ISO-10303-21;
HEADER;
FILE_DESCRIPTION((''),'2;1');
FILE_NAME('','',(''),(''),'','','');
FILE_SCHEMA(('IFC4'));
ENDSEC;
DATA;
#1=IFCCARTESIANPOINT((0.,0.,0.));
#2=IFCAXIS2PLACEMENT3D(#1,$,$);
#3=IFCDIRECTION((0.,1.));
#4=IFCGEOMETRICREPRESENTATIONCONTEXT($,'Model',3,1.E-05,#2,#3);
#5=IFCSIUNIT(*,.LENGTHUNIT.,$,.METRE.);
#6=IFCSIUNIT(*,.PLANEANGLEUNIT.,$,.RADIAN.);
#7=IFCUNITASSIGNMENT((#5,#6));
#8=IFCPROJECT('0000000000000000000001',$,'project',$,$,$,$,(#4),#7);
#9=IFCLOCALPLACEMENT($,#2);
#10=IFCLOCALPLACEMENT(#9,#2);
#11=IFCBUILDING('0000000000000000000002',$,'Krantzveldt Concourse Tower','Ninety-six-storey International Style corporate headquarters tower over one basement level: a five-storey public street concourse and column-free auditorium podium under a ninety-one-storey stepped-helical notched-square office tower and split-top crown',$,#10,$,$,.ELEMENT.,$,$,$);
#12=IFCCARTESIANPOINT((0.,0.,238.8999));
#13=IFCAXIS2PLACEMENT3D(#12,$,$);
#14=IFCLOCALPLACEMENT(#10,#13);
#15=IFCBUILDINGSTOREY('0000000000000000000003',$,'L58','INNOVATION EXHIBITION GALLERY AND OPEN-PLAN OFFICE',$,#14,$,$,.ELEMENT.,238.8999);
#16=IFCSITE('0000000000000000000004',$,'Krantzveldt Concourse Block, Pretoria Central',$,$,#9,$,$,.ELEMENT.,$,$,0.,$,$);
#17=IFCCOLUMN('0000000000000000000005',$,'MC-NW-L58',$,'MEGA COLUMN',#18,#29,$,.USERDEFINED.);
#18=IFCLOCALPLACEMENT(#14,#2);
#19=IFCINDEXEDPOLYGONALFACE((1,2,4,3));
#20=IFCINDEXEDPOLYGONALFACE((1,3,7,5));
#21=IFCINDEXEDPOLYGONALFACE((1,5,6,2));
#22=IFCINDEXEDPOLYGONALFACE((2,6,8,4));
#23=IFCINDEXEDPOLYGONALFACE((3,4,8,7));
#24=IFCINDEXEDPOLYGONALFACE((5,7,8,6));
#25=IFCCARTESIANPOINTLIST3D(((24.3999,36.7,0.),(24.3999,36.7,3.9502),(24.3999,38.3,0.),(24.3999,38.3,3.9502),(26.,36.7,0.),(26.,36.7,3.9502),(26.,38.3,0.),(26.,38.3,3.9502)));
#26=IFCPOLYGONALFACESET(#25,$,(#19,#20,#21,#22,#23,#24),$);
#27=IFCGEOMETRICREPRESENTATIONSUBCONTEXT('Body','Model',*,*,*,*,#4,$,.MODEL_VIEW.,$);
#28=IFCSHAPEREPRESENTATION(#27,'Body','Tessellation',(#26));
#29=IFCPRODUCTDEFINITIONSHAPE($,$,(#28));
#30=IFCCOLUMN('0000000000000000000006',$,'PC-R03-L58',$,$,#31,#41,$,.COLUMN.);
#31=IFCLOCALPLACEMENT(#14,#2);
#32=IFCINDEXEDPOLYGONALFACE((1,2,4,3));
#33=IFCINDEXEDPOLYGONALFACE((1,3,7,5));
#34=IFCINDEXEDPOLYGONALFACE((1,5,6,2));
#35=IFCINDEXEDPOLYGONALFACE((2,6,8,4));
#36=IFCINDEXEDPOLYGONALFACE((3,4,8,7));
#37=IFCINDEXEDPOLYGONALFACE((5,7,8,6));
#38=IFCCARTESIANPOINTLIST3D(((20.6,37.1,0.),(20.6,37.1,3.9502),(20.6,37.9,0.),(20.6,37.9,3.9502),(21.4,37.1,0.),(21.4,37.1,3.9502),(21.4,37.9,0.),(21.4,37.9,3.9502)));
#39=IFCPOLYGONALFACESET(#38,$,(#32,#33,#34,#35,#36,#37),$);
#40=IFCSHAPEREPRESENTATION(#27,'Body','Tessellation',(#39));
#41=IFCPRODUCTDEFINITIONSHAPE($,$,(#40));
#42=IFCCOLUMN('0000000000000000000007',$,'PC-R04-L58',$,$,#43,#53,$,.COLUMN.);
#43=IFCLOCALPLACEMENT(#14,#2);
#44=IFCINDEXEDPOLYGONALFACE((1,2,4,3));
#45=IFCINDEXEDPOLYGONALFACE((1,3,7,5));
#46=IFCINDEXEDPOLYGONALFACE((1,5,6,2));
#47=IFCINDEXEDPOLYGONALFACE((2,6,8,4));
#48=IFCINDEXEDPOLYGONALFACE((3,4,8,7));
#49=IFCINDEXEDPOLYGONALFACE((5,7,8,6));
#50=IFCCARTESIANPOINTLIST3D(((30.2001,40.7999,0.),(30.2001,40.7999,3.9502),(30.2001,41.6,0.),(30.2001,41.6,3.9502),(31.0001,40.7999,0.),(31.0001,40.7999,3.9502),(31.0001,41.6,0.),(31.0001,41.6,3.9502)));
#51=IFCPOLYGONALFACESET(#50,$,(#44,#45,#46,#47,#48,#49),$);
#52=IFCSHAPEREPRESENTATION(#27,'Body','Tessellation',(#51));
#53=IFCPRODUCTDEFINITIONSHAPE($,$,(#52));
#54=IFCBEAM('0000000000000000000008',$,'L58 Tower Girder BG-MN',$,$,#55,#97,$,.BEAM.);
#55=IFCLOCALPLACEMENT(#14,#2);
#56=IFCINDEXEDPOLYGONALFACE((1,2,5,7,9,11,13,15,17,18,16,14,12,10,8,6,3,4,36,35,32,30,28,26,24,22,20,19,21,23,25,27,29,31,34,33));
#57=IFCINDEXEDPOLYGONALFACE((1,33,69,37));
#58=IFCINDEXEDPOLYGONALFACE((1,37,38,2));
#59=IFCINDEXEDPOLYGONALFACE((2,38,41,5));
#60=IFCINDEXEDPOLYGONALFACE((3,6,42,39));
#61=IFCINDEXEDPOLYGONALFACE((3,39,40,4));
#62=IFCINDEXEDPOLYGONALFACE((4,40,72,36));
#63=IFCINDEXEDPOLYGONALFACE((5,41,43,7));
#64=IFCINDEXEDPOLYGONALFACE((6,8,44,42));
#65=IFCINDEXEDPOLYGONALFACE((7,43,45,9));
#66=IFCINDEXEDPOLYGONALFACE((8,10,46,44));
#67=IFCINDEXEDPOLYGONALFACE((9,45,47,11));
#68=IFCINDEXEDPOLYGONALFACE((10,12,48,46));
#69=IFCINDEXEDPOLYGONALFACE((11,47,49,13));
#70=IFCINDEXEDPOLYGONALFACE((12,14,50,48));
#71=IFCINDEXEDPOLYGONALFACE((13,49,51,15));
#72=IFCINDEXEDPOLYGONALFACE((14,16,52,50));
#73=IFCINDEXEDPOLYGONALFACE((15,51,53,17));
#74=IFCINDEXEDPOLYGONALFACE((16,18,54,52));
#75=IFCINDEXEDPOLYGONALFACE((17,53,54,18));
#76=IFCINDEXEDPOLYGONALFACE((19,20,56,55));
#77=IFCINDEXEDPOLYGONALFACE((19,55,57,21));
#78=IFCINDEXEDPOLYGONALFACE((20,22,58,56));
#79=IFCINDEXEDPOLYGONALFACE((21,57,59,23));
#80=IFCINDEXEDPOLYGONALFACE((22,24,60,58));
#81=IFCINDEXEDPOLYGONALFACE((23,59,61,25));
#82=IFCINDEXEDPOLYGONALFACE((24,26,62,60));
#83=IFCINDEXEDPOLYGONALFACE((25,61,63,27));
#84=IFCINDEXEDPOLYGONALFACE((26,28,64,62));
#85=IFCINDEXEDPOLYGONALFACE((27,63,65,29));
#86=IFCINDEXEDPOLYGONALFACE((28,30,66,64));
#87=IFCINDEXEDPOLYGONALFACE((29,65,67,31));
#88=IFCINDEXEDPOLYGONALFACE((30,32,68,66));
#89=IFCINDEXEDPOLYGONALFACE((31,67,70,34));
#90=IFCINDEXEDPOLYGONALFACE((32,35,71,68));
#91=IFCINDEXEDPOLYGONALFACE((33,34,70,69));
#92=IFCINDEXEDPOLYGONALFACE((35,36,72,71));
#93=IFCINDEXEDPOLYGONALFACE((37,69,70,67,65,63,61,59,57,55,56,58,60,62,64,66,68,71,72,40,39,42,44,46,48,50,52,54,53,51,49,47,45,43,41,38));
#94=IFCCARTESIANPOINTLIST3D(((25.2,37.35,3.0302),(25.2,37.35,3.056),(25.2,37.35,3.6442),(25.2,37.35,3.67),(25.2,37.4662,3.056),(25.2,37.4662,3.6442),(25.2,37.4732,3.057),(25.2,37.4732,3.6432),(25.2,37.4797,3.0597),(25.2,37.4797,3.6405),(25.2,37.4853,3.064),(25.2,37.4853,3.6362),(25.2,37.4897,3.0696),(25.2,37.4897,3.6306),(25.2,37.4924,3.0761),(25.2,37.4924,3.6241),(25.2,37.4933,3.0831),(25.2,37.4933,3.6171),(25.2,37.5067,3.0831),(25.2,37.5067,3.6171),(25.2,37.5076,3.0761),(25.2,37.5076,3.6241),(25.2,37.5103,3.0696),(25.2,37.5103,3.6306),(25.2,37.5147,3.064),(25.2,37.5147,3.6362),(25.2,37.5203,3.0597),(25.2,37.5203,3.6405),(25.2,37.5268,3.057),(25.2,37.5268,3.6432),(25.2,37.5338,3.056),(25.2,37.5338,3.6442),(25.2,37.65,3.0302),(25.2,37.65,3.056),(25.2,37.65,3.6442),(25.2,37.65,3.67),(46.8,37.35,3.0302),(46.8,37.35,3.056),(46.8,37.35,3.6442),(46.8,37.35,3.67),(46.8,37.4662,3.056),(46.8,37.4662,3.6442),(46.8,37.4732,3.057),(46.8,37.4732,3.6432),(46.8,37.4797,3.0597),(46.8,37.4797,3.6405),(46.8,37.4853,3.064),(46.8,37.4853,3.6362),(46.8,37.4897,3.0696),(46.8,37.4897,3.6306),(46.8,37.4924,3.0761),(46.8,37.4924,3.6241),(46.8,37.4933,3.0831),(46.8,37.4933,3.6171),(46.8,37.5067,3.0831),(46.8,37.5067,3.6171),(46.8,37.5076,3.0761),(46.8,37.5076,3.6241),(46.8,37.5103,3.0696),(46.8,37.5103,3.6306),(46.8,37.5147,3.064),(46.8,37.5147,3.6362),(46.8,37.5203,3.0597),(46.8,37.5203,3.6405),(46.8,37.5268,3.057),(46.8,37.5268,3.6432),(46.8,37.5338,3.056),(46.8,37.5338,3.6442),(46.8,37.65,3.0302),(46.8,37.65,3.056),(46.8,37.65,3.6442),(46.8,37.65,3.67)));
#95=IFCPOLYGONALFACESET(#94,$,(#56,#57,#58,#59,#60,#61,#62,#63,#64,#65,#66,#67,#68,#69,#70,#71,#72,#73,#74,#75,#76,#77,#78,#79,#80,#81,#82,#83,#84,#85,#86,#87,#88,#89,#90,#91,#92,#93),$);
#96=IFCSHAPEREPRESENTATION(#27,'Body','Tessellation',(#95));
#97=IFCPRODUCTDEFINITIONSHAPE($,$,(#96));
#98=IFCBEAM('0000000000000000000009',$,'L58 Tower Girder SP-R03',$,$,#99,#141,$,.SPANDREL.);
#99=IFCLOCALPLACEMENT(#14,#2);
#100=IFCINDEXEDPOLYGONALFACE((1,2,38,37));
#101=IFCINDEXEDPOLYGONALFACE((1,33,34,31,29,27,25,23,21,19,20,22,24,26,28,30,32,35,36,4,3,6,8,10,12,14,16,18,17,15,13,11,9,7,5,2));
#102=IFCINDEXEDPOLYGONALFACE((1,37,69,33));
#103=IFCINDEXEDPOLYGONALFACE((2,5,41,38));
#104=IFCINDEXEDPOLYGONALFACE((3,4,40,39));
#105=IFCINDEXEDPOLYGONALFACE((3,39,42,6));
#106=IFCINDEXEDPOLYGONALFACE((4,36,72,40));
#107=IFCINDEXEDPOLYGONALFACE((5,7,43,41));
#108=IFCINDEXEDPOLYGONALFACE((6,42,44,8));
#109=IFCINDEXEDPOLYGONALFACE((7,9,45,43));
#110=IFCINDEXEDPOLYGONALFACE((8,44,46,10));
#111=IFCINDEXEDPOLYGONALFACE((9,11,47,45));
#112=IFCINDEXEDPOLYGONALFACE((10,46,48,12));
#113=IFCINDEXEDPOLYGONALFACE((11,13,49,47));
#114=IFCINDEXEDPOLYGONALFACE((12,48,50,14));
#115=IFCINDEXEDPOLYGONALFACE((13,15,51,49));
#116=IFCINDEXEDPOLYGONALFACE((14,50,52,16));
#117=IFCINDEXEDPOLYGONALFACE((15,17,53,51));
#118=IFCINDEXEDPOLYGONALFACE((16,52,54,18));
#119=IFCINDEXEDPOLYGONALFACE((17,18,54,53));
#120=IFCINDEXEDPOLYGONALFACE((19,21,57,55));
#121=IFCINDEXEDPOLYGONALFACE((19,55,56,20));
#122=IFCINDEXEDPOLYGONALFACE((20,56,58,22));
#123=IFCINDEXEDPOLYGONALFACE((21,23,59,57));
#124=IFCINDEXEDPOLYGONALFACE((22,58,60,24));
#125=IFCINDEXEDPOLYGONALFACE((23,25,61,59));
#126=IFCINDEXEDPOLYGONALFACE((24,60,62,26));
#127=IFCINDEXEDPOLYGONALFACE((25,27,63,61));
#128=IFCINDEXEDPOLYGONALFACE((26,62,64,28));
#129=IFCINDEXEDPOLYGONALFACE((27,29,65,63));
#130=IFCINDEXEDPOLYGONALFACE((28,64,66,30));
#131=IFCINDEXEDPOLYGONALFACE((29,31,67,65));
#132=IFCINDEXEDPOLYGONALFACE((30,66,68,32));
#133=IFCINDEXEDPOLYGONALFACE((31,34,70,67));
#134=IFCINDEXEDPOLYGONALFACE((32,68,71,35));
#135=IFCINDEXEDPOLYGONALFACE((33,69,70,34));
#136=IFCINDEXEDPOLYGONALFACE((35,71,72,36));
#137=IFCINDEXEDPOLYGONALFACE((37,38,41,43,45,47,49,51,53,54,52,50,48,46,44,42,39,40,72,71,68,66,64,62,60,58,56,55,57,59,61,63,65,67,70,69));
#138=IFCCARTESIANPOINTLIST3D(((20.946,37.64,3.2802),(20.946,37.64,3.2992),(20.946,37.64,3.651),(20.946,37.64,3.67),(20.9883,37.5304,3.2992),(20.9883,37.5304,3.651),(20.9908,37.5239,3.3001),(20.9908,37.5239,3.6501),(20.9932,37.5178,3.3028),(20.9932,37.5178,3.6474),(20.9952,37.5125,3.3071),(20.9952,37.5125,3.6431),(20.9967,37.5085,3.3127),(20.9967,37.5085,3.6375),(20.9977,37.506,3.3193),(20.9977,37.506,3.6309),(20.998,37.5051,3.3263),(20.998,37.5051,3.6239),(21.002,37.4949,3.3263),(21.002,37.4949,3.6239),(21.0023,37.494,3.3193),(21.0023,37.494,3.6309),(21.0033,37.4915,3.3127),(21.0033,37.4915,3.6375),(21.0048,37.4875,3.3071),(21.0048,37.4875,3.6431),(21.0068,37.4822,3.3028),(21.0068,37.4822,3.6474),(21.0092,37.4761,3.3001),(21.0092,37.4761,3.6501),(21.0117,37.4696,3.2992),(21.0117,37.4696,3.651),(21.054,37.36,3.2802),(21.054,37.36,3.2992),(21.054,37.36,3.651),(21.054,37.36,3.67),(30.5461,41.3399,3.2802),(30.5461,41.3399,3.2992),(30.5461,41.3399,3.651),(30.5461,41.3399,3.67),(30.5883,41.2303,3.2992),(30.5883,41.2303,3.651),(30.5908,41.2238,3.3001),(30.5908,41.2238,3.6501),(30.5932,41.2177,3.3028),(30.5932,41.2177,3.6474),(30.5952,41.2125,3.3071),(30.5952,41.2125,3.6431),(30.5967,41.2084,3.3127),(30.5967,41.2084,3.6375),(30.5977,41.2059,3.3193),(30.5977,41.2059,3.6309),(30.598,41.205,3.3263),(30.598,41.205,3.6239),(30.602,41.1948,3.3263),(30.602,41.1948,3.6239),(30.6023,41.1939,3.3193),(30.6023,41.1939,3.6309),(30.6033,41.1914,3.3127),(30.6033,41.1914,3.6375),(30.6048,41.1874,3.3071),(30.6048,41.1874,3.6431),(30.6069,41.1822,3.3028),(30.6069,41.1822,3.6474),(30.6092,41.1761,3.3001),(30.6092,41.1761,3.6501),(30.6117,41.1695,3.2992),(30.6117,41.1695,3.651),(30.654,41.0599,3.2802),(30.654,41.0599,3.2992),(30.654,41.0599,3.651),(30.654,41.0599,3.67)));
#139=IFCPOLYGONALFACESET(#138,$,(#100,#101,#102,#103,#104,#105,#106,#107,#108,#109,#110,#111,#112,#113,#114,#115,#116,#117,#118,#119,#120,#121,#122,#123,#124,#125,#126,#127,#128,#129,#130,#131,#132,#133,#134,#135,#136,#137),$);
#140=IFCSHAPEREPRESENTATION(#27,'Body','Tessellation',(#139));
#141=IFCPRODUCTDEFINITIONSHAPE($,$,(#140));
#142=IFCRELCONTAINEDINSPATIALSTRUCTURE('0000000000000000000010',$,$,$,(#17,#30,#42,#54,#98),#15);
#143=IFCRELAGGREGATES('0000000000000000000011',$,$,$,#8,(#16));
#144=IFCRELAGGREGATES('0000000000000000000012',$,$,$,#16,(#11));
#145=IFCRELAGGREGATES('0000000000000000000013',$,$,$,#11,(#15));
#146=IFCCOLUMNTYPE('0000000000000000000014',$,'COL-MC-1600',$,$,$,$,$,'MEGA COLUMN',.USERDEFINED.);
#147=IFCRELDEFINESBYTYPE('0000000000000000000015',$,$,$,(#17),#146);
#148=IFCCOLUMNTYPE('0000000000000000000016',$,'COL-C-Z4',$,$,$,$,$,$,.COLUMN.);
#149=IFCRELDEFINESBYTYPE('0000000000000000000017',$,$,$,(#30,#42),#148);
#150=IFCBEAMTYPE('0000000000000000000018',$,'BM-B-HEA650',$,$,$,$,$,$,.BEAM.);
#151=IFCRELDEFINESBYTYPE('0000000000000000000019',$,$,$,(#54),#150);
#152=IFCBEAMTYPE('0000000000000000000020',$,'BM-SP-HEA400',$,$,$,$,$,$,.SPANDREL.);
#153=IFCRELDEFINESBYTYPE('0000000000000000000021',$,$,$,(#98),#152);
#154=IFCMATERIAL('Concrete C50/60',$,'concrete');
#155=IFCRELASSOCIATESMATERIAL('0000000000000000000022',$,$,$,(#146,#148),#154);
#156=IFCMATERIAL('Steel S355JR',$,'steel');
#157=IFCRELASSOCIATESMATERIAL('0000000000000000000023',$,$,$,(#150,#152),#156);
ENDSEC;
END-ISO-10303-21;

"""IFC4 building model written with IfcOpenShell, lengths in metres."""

from ifc_helpers import new_model, si_unit, direction, frame, origin, origin_2d, place, context, subcontext, project, spatial, rectangle, i_section, extrude, source, transform, mapped, material, material_profile, profile_set, type_object, type_shapes, element, save


model = new_model("IFC4")

# Units and contexts
model_context = context("Model", 3, precision=1e-05, world=origin(), true_north=direction((0.0, 1.0)))
body_context = subcontext(model_context, "Body", "Model", "MODEL_VIEW")
ifc_project = project(units=[si_unit("LENGTHUNIT", "METRE"), si_unit("PLANEANGLEUNIT", "RADIAN")], contexts=[model_context])

# Site, building, storey
site_placement = place(None, origin())
site = spatial("IfcSite", under=ifc_project, at=site_placement, Name="Krantzveldt Concourse Block, Pretoria Central", CompositionType="ELEMENT", RefElevation=0.0)
building_placement = place(site_placement, origin())
building = spatial("IfcBuilding", under=site, at=building_placement, Name="Krantzveldt Concourse Tower", Description="Ninety-six-storey International Style corporate headquarters tower over one basement level: a five-storey public street concourse and column-free auditorium podium under a ninety-one-storey stepped-helical notched-square office tower and split-top crown", CompositionType="ELEMENT")
storey_placement = place(building_placement, frame((0.0, 0.0, 238.8999)))
storey = spatial("IfcBuildingStorey", under=building, at=storey_placement, Name="L58", Description="INNOVATION EXHIBITION GALLERY AND OPEN-PLAN OFFICE", CompositionType="ELEMENT", Elevation=238.8999)

# Columns
ifc_material_1 = material(Name="Concrete C50/60", Category="concrete")
ifc_material_profile_1 = material_profile(ifc_material_1, rectangle(XDim=1.6001, YDim=1.6001, at=origin_2d()), Name="Concrete C50/60", Category="concrete")
ifc_profile_set_1 = profile_set([ifc_material_profile_1], Name="Concrete C50/60 - RC 1600x1600")
column_type_1 = type_object("IfcColumnType", Name="COL-MC-1600", ElementType="MEGA COLUMN", PredefinedType="USERDEFINED", material=ifc_profile_set_1)
shared_shape_1 = source(origin(), body_context, "Body", "SweptSolid", [
    extrude(rectangle(XDim=1.6001, YDim=1.6001, at=origin_2d()), origin(), (0.0, 0.0, 1.0), 3.9502),
])
type_shapes(column_type_1, [shared_shape_1])
column_placement = place(storey_placement, frame((25.2, 37.5, 0.0), z_axis=(0.0, 0.0, 1.0), x_axis=(1.0, 0.0, 0.0)))
element("IfcColumn", 1, at=column_placement, inside=storey, type_object=column_type_1, Name="MC-NW-L58", ObjectType="MEGA COLUMN", PredefinedType="USERDEFINED", context=body_context, shape_type="MappedRepresentation", body=[
    mapped(shared_shape_1, transform((0.0, 0.0, 0.0), x_axis=(1.0, 0.0, 0.0), y_axis=(0.0, 1.0, 0.0), z_axis=(0.0, 0.0, 1.0), scale=1.0)),
])
ifc_material_profile_2 = material_profile(ifc_material_1, rectangle(XDim=0.8, YDim=0.8, at=origin_2d()), Name="Concrete C50/60", Category="concrete")
ifc_profile_set_2 = profile_set([ifc_material_profile_2], Name="Concrete C50/60 - RC 800x800")
column_type_2 = type_object("IfcColumnType", Name="COL-C-Z4", PredefinedType="COLUMN", material=ifc_profile_set_2)
shared_shape_2 = source(origin(), body_context, "Body", "SweptSolid", [
    extrude(rectangle(XDim=0.8, YDim=0.8, at=origin_2d()), origin(), (0.0, 0.0, 1.0), 3.9502),
])
type_shapes(column_type_2, [shared_shape_2])
for number, where, z_axis, x_axis, name in (
    (2, (21.0, 37.5, 0.0), (0.0, 0.0, 1.0), (1.0, 0.0, 0.0), "PC-R03-L58"),
    (3, (30.6001, 41.2, 0.0), (0.0, 0.0, 1.0), (1.0, 0.0, 0.0), "PC-R04-L58"),
):
    element("IfcColumn", number, at=place(storey_placement, frame(where, z_axis=z_axis, x_axis=x_axis)), inside=storey, type_object=column_type_2, Name=name, PredefinedType="COLUMN", context=body_context, shape_type="MappedRepresentation", body=[
        mapped(shared_shape_2, transform((0.0, 0.0, 0.0), x_axis=(1.0, 0.0, 0.0), y_axis=(0.0, 1.0, 0.0), z_axis=(0.0, 0.0, 1.0), scale=1.0)),
    ])

# Beams
ifc_material_2 = material(Name="Steel S355JR", Category="steel")
ifc_material_profile_3 = material_profile(ifc_material_2, i_section(OverallWidth=0.3, OverallDepth=0.6399, WebThickness=0.0134, FlangeThickness=0.0259, FilletRadius=0.0271, at=origin_2d()), Name="Steel S355JR", Category="steel")
ifc_profile_set_3 = profile_set([ifc_material_profile_3], Name="Steel S355JR - HEA 650")
beam_type_1 = type_object("IfcBeamType", Name="BM-B-HEA650", PredefinedType="BEAM", material=ifc_profile_set_3)
shared_shape_3 = source(origin(), body_context, "Body", "SweptSolid", [
    extrude(i_section(OverallWidth=0.3, OverallDepth=0.6399, WebThickness=0.0134, FlangeThickness=0.0259, FilletRadius=0.0271, at=origin_2d()), origin(), (0.0, 0.0, 1.0), 21.6001),
])
type_shapes(beam_type_1, [shared_shape_3])
beam_1_placement = place(storey_placement, frame((25.2, 37.5, 3.3501), z_axis=(1.0, 0.0, 0.0), x_axis=(0.0, 1.0, 0.0)))
element("IfcBeam", 4, at=beam_1_placement, inside=storey, type_object=beam_type_1, Name="L58 Tower Girder BG-MN", PredefinedType="BEAM", context=body_context, shape_type="MappedRepresentation", body=[
    mapped(shared_shape_3, transform((0.0, 0.0, 0.0), x_axis=(1.0, 0.0, 0.0), y_axis=(0.0, 1.0, 0.0), z_axis=(0.0, 0.0, 1.0), scale=1.0)),
])
ifc_material_profile_4 = material_profile(ifc_material_2, i_section(OverallWidth=0.3, OverallDepth=0.3899, WebThickness=0.011, FlangeThickness=0.019, FilletRadius=0.0271, at=origin_2d()), Name="Steel S355JR", Category="steel")
ifc_profile_set_4 = profile_set([ifc_material_profile_4], Name="Steel S355JR - HEA 400")
beam_type_2 = type_object("IfcBeamType", Name="BM-SP-HEA400", PredefinedType="SPANDREL", material=ifc_profile_set_4)
shared_shape_4 = source(origin(), body_context, "Body", "SweptSolid", [
    extrude(i_section(OverallWidth=0.3, OverallDepth=0.3899, WebThickness=0.011, FlangeThickness=0.019, FilletRadius=0.0271, at=origin_2d()), origin(), (0.0, 0.0, 1.0), 10.2883),
])
beam_2_placement = place(storey_placement, frame((21.0, 37.5, 3.4751), z_axis=(0.933098, 0.359623, 0.0), x_axis=(-0.359623, 0.933098, 0.0)))
element("IfcBeam", 5, at=beam_2_placement, inside=storey, type_object=beam_type_2, Name="L58 Tower Girder SP-R03", PredefinedType="SPANDREL", context=body_context, shape_type="MappedRepresentation", body=[
    mapped(shared_shape_4, transform((0.0, 0.0, 0.0), x_axis=(1.0, 0.0, 0.0), y_axis=(0.0, 1.0, 0.0), z_axis=(0.0, 0.0, 1.0), scale=1.0)),
])

save(model, "model.ifc")
